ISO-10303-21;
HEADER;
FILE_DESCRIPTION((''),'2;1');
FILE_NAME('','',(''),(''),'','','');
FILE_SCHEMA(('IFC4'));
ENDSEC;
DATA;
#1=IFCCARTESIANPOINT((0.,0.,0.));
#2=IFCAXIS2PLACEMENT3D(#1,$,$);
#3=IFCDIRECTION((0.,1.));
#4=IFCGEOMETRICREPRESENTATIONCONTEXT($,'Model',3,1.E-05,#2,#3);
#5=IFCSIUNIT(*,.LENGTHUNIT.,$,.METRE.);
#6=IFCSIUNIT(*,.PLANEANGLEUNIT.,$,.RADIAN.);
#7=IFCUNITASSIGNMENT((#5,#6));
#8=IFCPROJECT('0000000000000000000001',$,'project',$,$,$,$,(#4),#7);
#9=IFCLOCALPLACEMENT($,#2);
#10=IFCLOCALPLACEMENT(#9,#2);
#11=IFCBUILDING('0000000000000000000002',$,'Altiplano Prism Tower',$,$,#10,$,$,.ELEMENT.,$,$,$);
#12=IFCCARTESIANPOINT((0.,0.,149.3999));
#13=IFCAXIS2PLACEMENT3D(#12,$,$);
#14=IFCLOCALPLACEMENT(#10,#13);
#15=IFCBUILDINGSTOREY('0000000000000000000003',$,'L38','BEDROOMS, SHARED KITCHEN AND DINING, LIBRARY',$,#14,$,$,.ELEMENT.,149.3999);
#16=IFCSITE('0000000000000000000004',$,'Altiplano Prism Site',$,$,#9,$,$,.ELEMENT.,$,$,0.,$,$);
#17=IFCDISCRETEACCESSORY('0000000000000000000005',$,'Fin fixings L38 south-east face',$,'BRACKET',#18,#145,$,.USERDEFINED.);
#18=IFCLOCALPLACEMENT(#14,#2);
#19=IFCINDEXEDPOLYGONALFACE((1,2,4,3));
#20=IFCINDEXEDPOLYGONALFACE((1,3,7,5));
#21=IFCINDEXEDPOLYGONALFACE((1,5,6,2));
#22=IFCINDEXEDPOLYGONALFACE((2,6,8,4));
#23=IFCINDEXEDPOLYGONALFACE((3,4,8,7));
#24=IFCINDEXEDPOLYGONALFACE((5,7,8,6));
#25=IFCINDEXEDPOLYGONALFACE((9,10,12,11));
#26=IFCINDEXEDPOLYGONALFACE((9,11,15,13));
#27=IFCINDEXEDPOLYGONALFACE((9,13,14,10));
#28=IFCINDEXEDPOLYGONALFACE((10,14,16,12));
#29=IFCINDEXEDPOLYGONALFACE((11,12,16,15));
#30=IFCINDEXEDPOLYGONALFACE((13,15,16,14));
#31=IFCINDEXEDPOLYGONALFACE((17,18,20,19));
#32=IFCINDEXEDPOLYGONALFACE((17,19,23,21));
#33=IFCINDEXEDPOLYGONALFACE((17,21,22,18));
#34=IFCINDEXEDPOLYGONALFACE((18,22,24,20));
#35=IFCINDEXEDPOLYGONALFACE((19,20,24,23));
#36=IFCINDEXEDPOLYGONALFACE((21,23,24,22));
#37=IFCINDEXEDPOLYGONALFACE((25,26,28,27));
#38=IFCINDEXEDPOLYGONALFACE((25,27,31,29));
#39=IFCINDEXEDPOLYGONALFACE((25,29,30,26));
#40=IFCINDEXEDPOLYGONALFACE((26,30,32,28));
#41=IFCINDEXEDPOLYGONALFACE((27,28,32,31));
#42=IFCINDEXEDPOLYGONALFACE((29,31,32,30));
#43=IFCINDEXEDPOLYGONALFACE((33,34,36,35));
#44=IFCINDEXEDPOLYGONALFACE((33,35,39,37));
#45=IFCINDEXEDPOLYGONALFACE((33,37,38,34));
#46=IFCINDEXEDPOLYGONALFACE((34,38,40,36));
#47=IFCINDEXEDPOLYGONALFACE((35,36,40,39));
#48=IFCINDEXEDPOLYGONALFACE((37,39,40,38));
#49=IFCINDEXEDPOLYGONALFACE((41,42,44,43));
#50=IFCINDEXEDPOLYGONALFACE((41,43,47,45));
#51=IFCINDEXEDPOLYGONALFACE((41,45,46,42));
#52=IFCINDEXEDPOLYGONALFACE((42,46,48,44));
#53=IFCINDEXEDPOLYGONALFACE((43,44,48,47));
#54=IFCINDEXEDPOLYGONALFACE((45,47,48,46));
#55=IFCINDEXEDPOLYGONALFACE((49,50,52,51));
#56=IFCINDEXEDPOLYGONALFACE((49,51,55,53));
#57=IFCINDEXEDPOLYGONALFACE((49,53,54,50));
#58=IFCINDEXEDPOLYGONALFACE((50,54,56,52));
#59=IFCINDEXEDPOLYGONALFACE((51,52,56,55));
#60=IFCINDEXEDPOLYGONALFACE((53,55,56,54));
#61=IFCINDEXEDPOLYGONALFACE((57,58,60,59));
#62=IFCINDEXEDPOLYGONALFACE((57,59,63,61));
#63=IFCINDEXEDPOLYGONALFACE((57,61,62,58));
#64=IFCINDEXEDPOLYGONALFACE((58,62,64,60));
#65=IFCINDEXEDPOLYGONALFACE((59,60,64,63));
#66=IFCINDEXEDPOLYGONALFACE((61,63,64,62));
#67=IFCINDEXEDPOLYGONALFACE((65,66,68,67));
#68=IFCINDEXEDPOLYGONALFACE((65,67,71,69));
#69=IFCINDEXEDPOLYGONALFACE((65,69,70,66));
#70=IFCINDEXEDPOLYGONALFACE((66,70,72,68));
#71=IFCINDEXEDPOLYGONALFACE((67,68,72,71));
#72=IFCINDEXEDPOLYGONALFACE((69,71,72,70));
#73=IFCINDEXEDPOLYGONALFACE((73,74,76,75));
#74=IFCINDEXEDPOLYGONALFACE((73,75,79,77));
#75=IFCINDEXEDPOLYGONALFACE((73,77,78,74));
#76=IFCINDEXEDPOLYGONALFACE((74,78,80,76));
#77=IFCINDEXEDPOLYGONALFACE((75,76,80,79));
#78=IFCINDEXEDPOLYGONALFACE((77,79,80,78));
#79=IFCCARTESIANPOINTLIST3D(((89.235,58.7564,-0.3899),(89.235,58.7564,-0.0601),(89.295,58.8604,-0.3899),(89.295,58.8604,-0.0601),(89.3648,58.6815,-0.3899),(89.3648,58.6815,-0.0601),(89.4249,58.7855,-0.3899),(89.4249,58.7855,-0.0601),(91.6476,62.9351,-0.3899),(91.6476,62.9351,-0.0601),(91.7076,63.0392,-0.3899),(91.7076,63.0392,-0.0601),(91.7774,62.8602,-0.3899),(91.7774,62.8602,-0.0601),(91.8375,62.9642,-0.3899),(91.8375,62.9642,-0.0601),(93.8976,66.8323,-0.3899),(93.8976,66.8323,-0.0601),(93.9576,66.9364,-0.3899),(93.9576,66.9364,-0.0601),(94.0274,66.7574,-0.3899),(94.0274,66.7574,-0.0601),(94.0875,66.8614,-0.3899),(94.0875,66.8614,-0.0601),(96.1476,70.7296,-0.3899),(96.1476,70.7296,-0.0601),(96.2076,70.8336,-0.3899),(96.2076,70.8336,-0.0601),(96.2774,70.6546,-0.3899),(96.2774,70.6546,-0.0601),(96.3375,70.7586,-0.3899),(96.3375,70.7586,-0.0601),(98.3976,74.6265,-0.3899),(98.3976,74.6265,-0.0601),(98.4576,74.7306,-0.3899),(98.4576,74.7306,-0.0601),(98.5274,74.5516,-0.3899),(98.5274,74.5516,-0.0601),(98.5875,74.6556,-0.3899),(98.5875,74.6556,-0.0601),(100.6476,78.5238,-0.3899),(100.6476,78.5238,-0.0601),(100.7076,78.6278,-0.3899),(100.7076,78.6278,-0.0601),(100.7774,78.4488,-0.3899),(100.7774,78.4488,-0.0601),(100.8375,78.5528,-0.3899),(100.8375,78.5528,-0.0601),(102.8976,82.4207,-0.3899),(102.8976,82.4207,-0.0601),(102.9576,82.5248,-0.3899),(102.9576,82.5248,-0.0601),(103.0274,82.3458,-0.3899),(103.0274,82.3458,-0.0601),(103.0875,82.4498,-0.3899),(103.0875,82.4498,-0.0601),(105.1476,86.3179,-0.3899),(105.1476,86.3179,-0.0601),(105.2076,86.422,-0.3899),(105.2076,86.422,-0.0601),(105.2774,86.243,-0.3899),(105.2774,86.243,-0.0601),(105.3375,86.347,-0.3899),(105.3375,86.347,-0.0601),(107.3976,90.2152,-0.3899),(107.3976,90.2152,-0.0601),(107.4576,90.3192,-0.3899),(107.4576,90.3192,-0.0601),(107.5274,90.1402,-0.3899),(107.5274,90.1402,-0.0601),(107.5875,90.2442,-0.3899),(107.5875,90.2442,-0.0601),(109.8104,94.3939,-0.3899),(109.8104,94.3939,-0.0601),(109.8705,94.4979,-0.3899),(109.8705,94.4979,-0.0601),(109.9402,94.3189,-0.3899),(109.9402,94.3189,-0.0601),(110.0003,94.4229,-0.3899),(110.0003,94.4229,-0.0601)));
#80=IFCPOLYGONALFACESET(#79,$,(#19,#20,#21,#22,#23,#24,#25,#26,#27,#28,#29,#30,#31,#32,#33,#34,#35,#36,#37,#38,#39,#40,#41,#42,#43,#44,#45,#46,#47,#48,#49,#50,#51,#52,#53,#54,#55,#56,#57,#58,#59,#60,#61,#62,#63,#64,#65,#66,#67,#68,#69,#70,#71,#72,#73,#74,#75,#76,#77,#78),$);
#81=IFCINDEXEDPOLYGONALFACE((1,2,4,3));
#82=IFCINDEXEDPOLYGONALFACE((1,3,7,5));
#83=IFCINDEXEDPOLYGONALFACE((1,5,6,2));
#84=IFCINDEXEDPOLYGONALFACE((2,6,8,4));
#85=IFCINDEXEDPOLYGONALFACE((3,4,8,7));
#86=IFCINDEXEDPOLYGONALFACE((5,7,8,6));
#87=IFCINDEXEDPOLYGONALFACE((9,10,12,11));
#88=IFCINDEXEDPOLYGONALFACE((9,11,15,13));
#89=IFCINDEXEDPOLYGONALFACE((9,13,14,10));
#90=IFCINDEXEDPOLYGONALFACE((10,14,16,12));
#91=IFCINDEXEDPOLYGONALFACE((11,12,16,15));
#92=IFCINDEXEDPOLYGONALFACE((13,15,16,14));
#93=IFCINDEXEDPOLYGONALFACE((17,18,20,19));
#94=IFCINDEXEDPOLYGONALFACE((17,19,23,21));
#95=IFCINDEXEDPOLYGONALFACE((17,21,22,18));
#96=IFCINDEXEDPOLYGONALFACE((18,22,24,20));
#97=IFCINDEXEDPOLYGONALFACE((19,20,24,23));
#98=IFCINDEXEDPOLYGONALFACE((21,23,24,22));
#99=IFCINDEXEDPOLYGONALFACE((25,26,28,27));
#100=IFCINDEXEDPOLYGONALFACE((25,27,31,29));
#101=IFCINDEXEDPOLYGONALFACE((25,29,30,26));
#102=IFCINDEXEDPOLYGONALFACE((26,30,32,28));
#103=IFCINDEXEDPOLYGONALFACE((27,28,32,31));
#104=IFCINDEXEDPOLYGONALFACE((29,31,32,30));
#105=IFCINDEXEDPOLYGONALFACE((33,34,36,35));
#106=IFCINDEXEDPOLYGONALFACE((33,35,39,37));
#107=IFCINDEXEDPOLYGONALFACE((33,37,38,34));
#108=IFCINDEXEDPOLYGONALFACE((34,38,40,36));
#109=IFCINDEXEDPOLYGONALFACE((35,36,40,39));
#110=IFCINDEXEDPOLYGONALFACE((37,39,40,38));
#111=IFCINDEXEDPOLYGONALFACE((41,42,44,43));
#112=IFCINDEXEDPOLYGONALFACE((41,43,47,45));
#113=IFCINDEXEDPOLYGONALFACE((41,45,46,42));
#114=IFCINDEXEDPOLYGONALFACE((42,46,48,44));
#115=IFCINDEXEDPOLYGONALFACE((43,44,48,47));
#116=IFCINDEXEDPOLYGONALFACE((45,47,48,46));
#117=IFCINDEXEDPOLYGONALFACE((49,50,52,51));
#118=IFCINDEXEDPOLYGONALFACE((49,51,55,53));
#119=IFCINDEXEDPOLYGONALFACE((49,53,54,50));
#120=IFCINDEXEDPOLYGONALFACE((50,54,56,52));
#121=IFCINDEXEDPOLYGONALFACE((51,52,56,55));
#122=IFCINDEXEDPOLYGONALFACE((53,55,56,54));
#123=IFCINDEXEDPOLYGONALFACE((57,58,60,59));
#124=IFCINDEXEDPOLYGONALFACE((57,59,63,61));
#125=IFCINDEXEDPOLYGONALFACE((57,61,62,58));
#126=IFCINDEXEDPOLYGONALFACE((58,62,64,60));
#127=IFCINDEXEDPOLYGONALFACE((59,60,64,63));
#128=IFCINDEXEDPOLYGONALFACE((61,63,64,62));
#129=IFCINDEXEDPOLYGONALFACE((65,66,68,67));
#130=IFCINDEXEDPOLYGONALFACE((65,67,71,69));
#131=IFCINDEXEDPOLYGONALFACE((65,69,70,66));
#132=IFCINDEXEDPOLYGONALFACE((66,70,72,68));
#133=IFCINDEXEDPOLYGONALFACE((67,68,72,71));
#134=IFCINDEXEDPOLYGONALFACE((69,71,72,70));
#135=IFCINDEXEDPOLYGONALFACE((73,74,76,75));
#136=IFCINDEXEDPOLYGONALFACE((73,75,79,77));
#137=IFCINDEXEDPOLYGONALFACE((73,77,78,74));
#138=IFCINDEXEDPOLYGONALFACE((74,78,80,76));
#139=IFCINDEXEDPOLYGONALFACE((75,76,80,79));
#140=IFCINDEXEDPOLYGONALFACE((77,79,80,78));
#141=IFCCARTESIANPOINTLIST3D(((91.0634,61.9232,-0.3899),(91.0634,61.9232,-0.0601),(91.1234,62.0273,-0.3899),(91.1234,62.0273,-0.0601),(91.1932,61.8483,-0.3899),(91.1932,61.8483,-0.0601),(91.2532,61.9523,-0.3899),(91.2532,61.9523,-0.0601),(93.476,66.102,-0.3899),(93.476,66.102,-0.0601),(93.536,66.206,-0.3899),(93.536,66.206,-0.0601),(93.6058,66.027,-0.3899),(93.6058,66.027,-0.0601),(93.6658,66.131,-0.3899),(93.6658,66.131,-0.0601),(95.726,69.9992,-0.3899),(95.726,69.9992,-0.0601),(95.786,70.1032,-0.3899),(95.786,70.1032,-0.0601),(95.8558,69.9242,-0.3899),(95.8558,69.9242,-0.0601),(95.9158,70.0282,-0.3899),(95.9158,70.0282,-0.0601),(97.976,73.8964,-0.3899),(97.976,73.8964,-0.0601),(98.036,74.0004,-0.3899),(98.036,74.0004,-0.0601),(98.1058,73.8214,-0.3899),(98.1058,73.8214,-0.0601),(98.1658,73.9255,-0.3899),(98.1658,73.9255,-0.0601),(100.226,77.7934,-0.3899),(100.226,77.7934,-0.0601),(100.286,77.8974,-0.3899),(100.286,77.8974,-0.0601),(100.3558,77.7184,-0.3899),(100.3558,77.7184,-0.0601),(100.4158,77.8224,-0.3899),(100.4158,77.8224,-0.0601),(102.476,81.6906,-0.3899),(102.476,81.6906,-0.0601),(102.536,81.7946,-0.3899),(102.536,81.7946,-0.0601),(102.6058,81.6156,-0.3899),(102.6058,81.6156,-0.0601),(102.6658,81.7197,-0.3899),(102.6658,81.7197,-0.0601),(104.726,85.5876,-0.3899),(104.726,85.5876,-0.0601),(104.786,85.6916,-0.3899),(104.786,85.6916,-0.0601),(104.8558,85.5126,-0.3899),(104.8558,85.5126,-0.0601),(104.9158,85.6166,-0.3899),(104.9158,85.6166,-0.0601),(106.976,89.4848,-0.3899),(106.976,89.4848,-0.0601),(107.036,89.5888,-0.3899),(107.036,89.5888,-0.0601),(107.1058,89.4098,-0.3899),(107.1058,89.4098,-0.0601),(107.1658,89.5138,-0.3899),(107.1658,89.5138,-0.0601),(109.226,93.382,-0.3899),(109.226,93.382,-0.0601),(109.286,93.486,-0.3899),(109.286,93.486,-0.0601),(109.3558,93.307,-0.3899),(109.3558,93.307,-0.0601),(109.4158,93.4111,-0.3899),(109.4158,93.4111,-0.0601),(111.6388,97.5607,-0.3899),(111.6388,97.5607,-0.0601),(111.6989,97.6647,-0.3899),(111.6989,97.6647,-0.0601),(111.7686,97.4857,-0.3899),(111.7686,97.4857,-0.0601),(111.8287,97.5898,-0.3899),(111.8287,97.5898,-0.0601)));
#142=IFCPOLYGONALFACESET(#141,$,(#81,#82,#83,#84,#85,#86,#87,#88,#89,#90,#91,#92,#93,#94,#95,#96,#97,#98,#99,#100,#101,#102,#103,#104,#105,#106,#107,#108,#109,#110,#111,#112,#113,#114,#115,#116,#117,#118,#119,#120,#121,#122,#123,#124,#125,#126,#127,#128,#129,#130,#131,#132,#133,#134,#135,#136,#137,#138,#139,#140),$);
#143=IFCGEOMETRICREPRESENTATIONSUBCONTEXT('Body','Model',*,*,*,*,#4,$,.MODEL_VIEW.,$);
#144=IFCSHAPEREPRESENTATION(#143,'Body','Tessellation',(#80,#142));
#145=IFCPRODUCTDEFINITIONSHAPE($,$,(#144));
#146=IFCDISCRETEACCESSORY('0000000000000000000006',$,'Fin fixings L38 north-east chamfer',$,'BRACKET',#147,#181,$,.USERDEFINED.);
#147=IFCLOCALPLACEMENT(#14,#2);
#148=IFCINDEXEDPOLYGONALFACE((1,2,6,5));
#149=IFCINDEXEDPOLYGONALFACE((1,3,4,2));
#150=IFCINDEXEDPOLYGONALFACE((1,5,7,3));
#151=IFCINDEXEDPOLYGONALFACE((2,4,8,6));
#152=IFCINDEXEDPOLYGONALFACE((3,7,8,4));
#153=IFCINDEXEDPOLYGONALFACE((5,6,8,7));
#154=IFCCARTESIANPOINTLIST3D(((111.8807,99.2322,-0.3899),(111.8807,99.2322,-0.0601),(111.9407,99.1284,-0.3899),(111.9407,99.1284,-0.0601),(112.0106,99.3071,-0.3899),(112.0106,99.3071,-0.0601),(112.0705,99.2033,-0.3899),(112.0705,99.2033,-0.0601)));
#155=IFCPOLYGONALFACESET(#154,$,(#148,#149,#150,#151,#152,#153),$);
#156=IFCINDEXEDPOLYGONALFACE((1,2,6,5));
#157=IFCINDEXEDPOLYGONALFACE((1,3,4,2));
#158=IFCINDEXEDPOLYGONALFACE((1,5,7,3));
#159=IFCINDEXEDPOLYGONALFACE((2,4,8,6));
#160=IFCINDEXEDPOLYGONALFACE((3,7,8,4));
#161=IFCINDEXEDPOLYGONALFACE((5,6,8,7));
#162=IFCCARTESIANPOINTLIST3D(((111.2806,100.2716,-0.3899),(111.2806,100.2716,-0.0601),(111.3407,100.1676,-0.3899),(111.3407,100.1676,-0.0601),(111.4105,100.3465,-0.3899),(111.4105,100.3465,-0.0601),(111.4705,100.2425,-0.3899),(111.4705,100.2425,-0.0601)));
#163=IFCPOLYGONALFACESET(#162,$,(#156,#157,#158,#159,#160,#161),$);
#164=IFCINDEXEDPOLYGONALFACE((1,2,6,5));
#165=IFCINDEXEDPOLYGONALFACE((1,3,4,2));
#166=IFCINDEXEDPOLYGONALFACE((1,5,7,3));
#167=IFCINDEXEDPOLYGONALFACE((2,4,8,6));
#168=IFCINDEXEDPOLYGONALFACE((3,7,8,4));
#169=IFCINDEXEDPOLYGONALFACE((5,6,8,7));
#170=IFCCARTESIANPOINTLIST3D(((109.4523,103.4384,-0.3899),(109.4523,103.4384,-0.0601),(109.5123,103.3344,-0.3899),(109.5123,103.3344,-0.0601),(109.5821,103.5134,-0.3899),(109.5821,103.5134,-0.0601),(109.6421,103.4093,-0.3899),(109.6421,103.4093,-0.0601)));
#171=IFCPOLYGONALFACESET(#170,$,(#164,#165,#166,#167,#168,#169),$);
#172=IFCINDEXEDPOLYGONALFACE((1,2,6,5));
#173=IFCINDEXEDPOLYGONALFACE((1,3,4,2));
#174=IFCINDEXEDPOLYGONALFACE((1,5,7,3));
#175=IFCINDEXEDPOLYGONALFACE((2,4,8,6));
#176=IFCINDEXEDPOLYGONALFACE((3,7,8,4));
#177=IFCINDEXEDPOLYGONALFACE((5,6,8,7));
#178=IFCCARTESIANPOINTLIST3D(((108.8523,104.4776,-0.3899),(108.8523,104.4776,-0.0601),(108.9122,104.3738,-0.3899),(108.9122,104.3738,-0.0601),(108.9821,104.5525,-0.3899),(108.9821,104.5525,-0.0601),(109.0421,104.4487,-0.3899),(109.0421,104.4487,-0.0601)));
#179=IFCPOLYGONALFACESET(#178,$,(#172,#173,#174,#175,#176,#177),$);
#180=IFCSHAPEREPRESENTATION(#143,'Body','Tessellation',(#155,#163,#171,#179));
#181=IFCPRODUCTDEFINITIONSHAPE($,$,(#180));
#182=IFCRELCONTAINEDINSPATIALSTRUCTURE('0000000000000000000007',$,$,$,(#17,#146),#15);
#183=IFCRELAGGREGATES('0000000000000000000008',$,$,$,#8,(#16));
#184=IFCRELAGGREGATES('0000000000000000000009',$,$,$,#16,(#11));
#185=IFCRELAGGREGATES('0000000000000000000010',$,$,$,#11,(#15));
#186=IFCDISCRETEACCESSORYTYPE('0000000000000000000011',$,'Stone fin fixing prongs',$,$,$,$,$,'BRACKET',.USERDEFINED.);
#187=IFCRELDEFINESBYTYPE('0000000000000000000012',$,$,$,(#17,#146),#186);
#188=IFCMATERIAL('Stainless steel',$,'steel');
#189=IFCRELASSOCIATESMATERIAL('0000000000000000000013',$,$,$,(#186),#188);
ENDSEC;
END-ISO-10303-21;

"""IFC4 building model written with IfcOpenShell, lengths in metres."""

from ifc_helpers import new_model, si_unit, direction, frame, origin, place, context, subcontext, project, spatial, polyline, outline, extrude, source, transform, mapped, material, type_object, element, save


model = new_model("IFC4")

# Units and contexts
model_context = context("Model", 3, precision=1e-05, world=origin(), true_north=direction((0.0, 1.0)))
body_context = subcontext(model_context, "Body", "Model", "MODEL_VIEW")
ifc_project = project(units=[si_unit("LENGTHUNIT", "METRE"), si_unit("PLANEANGLEUNIT", "RADIAN")], contexts=[model_context])

# Site, building, storey
site_placement = place(None, origin())
site = spatial("IfcSite", under=ifc_project, at=site_placement, Name="Altiplano Prism Site", CompositionType="ELEMENT", RefElevation=0.0)
building_placement = place(site_placement, origin())
building = spatial("IfcBuilding", under=site, at=building_placement, Name="Altiplano Prism Tower", CompositionType="ELEMENT")
storey_placement = place(building_placement, frame((0.0, 0.0, 149.3999)))
storey = spatial("IfcBuildingStorey", under=building, at=storey_placement, Name="L38", Description="BEDROOMS, SHARED KITCHEN AND DINING, LIBRARY", CompositionType="ELEMENT", Elevation=149.3999)

# Discrete accessories
ifc_material_1 = material(Name="Stainless steel", Category="steel")
discrete_accessory_type = type_object("IfcDiscreteAccessoryType", Name="Stone fin fixing prongs", ElementType="BRACKET", PredefinedType="USERDEFINED", material=ifc_material_1)
shared_shape_1 = source(origin(), body_context, "Body", "SweptSolid", [
    extrude(outline(polyline([(-1.8884, 0.0601), (-1.7683, 0.0601), (-1.7683, 0.3899), (-1.8884, 0.3899), (-1.8884, 0.0601)])), frame((0.0, 0.0, 0.0), z_axis=(0.0, -1.0, 0.0), x_axis=(1.0, 0.0, 0.0)), (0.0, 0.0, 1.0), 0.1499),
    extrude(outline(polyline([(1.7683, 0.0601), (1.8884, 0.0601), (1.8884, 0.3899), (1.7683, 0.3899), (1.7683, 0.0601)])), frame((0.0, 0.0, 0.0), z_axis=(0.0, -1.0, 0.0), x_axis=(1.0, 0.0, 0.0)), (0.0, 0.0, 1.0), 0.1499),
])
shared_shape_2 = source(origin(), body_context, "Body", "SweptSolid", [
    extrude(outline(polyline([(-1.8884, 0.0601), (-1.7683, 0.0601), (-1.7683, 0.3899), (-1.8884, 0.3899), (-1.8884, 0.0601)])), frame((0.0, 0.0, 0.0), z_axis=(0.0, -1.0, 0.0), x_axis=(1.0, 0.0, 0.0)), (0.0, 0.0, 1.0), 0.1499),
    extrude(outline(polyline([(1.7683, 0.0601), (1.8884, 0.0601), (1.8884, 0.3899), (1.7683, 0.3899), (1.7683, 0.0601)])), frame((0.0, 0.0, 0.0), z_axis=(0.0, -1.0, 0.0), x_axis=(1.0, 0.0, 0.0)), (0.0, 0.0, 1.0), 0.1499),
])
discrete_accessory_1_placement = place(storey_placement, origin())
element("IfcDiscreteAccessory", 1, at=discrete_accessory_1_placement, inside=storey, type_object=discrete_accessory_type, Name="Fin fixings L38 south-east face", ObjectType="BRACKET", PredefinedType="USERDEFINED", context=body_context, shape_type="MappedRepresentation", body=[
    mapped(shared_shape_1, transform((90.1792, 60.3918, -0.45), x_axis=(0.5, 0.866025, 0.0), y_axis=(-0.866025, 0.5, 0.0), z_axis=(0.0, 0.0, 1.0))),
    mapped(shared_shape_2, transform((92.5918, 64.5706, -0.45), x_axis=(0.5, 0.866025, 0.0), y_axis=(-0.866025, 0.5, 0.0), z_axis=(0.0, 0.0, 1.0))),
    mapped(shared_shape_2, transform((94.8418, 68.4678, -0.45), x_axis=(0.5, 0.866025, 0.0), y_axis=(-0.866025, 0.5, 0.0), z_axis=(0.0, 0.0, 1.0))),
    mapped(shared_shape_2, transform((97.0918, 72.365, -0.45), x_axis=(0.5, 0.866025, 0.0), y_axis=(-0.866025, 0.5, 0.0), z_axis=(0.0, 0.0, 1.0))),
    mapped(shared_shape_2, transform((99.3418, 76.262, -0.45), x_axis=(0.5, 0.866025, 0.0), y_axis=(-0.866025, 0.5, 0.0), z_axis=(0.0, 0.0, 1.0))),
    mapped(shared_shape_2, transform((101.5918, 80.1592, -0.45), x_axis=(0.5, 0.866025, 0.0), y_axis=(-0.866025, 0.5, 0.0), z_axis=(0.0, 0.0, 1.0))),
    mapped(shared_shape_2, transform((103.8418, 84.0562, -0.45), x_axis=(0.5, 0.866025, 0.0), y_axis=(-0.866025, 0.5, 0.0), z_axis=(0.0, 0.0, 1.0))),
    mapped(shared_shape_2, transform((106.0918, 87.9534, -0.45), x_axis=(0.5, 0.866025, 0.0), y_axis=(-0.866025, 0.5, 0.0), z_axis=(0.0, 0.0, 1.0))),
    mapped(shared_shape_2, transform((108.3418, 91.8506, -0.45), x_axis=(0.5, 0.866025, 0.0), y_axis=(-0.866025, 0.5, 0.0), z_axis=(0.0, 0.0, 1.0))),
    mapped(shared_shape_1, transform((110.7546, 96.0293, -0.45), x_axis=(0.5, 0.866025, 0.0), y_axis=(-0.866025, 0.5, 0.0), z_axis=(0.0, 0.0, 1.0))),
])
shared_shape_3 = source(origin(), body_context, "Body", "SweptSolid", [
    extrude(outline(polyline([(-3.0884, 0.0601), (-2.9685, 0.0601), (-2.9685, 0.3899), (-3.0884, 0.3899), (-3.0884, 0.0601)])), frame((0.0, 0.0, 0.0), z_axis=(0.0, -1.0, 0.0), x_axis=(1.0, 0.0, 0.0)), (0.0, 0.0, 1.0), 0.1499),
    extrude(outline(polyline([(-1.8884, 0.0601), (-1.7683, 0.0601), (-1.7683, 0.3899), (-1.8884, 0.3899), (-1.8884, 0.0601)])), frame((0.0, 0.0, 0.0), z_axis=(0.0, -1.0, 0.0), x_axis=(1.0, 0.0, 0.0)), (0.0, 0.0, 1.0), 0.1499),
    extrude(outline(polyline([(1.7683, 0.0601), (1.8884, 0.0601), (1.8884, 0.3899), (1.7683, 0.3899), (1.7683, 0.0601)])), frame((0.0, 0.0, 0.0), z_axis=(0.0, -1.0, 0.0), x_axis=(1.0, 0.0, 0.0)), (0.0, 0.0, 1.0), 0.1499),
    extrude(outline(polyline([(2.9685, 0.0601), (3.0884, 0.0601), (3.0884, 0.3899), (2.9685, 0.3899), (2.9685, 0.0601)])), frame((0.0, 0.0, 0.0), z_axis=(0.0, -1.0, 0.0), x_axis=(1.0, 0.0, 0.0)), (0.0, 0.0, 1.0), 0.1499),
])
discrete_accessory_2_placement = place(storey_placement, origin())
element("IfcDiscreteAccessory", 2, at=discrete_accessory_2_placement, inside=storey, type_object=discrete_accessory_type, Name="Fin fixings L38 north-east chamfer", ObjectType="BRACKET", PredefinedType="USERDEFINED", context=body_context, shape_type="MappedRepresentation", body=[
    mapped(shared_shape_3, transform((110.3965, 101.803, -0.45), x_axis=(-0.5, 0.866025, 0.0), y_axis=(-0.866025, -0.5, 0.0), z_axis=(0.0, 0.0, 1.0))),
])

save(model, "model.ifc")
